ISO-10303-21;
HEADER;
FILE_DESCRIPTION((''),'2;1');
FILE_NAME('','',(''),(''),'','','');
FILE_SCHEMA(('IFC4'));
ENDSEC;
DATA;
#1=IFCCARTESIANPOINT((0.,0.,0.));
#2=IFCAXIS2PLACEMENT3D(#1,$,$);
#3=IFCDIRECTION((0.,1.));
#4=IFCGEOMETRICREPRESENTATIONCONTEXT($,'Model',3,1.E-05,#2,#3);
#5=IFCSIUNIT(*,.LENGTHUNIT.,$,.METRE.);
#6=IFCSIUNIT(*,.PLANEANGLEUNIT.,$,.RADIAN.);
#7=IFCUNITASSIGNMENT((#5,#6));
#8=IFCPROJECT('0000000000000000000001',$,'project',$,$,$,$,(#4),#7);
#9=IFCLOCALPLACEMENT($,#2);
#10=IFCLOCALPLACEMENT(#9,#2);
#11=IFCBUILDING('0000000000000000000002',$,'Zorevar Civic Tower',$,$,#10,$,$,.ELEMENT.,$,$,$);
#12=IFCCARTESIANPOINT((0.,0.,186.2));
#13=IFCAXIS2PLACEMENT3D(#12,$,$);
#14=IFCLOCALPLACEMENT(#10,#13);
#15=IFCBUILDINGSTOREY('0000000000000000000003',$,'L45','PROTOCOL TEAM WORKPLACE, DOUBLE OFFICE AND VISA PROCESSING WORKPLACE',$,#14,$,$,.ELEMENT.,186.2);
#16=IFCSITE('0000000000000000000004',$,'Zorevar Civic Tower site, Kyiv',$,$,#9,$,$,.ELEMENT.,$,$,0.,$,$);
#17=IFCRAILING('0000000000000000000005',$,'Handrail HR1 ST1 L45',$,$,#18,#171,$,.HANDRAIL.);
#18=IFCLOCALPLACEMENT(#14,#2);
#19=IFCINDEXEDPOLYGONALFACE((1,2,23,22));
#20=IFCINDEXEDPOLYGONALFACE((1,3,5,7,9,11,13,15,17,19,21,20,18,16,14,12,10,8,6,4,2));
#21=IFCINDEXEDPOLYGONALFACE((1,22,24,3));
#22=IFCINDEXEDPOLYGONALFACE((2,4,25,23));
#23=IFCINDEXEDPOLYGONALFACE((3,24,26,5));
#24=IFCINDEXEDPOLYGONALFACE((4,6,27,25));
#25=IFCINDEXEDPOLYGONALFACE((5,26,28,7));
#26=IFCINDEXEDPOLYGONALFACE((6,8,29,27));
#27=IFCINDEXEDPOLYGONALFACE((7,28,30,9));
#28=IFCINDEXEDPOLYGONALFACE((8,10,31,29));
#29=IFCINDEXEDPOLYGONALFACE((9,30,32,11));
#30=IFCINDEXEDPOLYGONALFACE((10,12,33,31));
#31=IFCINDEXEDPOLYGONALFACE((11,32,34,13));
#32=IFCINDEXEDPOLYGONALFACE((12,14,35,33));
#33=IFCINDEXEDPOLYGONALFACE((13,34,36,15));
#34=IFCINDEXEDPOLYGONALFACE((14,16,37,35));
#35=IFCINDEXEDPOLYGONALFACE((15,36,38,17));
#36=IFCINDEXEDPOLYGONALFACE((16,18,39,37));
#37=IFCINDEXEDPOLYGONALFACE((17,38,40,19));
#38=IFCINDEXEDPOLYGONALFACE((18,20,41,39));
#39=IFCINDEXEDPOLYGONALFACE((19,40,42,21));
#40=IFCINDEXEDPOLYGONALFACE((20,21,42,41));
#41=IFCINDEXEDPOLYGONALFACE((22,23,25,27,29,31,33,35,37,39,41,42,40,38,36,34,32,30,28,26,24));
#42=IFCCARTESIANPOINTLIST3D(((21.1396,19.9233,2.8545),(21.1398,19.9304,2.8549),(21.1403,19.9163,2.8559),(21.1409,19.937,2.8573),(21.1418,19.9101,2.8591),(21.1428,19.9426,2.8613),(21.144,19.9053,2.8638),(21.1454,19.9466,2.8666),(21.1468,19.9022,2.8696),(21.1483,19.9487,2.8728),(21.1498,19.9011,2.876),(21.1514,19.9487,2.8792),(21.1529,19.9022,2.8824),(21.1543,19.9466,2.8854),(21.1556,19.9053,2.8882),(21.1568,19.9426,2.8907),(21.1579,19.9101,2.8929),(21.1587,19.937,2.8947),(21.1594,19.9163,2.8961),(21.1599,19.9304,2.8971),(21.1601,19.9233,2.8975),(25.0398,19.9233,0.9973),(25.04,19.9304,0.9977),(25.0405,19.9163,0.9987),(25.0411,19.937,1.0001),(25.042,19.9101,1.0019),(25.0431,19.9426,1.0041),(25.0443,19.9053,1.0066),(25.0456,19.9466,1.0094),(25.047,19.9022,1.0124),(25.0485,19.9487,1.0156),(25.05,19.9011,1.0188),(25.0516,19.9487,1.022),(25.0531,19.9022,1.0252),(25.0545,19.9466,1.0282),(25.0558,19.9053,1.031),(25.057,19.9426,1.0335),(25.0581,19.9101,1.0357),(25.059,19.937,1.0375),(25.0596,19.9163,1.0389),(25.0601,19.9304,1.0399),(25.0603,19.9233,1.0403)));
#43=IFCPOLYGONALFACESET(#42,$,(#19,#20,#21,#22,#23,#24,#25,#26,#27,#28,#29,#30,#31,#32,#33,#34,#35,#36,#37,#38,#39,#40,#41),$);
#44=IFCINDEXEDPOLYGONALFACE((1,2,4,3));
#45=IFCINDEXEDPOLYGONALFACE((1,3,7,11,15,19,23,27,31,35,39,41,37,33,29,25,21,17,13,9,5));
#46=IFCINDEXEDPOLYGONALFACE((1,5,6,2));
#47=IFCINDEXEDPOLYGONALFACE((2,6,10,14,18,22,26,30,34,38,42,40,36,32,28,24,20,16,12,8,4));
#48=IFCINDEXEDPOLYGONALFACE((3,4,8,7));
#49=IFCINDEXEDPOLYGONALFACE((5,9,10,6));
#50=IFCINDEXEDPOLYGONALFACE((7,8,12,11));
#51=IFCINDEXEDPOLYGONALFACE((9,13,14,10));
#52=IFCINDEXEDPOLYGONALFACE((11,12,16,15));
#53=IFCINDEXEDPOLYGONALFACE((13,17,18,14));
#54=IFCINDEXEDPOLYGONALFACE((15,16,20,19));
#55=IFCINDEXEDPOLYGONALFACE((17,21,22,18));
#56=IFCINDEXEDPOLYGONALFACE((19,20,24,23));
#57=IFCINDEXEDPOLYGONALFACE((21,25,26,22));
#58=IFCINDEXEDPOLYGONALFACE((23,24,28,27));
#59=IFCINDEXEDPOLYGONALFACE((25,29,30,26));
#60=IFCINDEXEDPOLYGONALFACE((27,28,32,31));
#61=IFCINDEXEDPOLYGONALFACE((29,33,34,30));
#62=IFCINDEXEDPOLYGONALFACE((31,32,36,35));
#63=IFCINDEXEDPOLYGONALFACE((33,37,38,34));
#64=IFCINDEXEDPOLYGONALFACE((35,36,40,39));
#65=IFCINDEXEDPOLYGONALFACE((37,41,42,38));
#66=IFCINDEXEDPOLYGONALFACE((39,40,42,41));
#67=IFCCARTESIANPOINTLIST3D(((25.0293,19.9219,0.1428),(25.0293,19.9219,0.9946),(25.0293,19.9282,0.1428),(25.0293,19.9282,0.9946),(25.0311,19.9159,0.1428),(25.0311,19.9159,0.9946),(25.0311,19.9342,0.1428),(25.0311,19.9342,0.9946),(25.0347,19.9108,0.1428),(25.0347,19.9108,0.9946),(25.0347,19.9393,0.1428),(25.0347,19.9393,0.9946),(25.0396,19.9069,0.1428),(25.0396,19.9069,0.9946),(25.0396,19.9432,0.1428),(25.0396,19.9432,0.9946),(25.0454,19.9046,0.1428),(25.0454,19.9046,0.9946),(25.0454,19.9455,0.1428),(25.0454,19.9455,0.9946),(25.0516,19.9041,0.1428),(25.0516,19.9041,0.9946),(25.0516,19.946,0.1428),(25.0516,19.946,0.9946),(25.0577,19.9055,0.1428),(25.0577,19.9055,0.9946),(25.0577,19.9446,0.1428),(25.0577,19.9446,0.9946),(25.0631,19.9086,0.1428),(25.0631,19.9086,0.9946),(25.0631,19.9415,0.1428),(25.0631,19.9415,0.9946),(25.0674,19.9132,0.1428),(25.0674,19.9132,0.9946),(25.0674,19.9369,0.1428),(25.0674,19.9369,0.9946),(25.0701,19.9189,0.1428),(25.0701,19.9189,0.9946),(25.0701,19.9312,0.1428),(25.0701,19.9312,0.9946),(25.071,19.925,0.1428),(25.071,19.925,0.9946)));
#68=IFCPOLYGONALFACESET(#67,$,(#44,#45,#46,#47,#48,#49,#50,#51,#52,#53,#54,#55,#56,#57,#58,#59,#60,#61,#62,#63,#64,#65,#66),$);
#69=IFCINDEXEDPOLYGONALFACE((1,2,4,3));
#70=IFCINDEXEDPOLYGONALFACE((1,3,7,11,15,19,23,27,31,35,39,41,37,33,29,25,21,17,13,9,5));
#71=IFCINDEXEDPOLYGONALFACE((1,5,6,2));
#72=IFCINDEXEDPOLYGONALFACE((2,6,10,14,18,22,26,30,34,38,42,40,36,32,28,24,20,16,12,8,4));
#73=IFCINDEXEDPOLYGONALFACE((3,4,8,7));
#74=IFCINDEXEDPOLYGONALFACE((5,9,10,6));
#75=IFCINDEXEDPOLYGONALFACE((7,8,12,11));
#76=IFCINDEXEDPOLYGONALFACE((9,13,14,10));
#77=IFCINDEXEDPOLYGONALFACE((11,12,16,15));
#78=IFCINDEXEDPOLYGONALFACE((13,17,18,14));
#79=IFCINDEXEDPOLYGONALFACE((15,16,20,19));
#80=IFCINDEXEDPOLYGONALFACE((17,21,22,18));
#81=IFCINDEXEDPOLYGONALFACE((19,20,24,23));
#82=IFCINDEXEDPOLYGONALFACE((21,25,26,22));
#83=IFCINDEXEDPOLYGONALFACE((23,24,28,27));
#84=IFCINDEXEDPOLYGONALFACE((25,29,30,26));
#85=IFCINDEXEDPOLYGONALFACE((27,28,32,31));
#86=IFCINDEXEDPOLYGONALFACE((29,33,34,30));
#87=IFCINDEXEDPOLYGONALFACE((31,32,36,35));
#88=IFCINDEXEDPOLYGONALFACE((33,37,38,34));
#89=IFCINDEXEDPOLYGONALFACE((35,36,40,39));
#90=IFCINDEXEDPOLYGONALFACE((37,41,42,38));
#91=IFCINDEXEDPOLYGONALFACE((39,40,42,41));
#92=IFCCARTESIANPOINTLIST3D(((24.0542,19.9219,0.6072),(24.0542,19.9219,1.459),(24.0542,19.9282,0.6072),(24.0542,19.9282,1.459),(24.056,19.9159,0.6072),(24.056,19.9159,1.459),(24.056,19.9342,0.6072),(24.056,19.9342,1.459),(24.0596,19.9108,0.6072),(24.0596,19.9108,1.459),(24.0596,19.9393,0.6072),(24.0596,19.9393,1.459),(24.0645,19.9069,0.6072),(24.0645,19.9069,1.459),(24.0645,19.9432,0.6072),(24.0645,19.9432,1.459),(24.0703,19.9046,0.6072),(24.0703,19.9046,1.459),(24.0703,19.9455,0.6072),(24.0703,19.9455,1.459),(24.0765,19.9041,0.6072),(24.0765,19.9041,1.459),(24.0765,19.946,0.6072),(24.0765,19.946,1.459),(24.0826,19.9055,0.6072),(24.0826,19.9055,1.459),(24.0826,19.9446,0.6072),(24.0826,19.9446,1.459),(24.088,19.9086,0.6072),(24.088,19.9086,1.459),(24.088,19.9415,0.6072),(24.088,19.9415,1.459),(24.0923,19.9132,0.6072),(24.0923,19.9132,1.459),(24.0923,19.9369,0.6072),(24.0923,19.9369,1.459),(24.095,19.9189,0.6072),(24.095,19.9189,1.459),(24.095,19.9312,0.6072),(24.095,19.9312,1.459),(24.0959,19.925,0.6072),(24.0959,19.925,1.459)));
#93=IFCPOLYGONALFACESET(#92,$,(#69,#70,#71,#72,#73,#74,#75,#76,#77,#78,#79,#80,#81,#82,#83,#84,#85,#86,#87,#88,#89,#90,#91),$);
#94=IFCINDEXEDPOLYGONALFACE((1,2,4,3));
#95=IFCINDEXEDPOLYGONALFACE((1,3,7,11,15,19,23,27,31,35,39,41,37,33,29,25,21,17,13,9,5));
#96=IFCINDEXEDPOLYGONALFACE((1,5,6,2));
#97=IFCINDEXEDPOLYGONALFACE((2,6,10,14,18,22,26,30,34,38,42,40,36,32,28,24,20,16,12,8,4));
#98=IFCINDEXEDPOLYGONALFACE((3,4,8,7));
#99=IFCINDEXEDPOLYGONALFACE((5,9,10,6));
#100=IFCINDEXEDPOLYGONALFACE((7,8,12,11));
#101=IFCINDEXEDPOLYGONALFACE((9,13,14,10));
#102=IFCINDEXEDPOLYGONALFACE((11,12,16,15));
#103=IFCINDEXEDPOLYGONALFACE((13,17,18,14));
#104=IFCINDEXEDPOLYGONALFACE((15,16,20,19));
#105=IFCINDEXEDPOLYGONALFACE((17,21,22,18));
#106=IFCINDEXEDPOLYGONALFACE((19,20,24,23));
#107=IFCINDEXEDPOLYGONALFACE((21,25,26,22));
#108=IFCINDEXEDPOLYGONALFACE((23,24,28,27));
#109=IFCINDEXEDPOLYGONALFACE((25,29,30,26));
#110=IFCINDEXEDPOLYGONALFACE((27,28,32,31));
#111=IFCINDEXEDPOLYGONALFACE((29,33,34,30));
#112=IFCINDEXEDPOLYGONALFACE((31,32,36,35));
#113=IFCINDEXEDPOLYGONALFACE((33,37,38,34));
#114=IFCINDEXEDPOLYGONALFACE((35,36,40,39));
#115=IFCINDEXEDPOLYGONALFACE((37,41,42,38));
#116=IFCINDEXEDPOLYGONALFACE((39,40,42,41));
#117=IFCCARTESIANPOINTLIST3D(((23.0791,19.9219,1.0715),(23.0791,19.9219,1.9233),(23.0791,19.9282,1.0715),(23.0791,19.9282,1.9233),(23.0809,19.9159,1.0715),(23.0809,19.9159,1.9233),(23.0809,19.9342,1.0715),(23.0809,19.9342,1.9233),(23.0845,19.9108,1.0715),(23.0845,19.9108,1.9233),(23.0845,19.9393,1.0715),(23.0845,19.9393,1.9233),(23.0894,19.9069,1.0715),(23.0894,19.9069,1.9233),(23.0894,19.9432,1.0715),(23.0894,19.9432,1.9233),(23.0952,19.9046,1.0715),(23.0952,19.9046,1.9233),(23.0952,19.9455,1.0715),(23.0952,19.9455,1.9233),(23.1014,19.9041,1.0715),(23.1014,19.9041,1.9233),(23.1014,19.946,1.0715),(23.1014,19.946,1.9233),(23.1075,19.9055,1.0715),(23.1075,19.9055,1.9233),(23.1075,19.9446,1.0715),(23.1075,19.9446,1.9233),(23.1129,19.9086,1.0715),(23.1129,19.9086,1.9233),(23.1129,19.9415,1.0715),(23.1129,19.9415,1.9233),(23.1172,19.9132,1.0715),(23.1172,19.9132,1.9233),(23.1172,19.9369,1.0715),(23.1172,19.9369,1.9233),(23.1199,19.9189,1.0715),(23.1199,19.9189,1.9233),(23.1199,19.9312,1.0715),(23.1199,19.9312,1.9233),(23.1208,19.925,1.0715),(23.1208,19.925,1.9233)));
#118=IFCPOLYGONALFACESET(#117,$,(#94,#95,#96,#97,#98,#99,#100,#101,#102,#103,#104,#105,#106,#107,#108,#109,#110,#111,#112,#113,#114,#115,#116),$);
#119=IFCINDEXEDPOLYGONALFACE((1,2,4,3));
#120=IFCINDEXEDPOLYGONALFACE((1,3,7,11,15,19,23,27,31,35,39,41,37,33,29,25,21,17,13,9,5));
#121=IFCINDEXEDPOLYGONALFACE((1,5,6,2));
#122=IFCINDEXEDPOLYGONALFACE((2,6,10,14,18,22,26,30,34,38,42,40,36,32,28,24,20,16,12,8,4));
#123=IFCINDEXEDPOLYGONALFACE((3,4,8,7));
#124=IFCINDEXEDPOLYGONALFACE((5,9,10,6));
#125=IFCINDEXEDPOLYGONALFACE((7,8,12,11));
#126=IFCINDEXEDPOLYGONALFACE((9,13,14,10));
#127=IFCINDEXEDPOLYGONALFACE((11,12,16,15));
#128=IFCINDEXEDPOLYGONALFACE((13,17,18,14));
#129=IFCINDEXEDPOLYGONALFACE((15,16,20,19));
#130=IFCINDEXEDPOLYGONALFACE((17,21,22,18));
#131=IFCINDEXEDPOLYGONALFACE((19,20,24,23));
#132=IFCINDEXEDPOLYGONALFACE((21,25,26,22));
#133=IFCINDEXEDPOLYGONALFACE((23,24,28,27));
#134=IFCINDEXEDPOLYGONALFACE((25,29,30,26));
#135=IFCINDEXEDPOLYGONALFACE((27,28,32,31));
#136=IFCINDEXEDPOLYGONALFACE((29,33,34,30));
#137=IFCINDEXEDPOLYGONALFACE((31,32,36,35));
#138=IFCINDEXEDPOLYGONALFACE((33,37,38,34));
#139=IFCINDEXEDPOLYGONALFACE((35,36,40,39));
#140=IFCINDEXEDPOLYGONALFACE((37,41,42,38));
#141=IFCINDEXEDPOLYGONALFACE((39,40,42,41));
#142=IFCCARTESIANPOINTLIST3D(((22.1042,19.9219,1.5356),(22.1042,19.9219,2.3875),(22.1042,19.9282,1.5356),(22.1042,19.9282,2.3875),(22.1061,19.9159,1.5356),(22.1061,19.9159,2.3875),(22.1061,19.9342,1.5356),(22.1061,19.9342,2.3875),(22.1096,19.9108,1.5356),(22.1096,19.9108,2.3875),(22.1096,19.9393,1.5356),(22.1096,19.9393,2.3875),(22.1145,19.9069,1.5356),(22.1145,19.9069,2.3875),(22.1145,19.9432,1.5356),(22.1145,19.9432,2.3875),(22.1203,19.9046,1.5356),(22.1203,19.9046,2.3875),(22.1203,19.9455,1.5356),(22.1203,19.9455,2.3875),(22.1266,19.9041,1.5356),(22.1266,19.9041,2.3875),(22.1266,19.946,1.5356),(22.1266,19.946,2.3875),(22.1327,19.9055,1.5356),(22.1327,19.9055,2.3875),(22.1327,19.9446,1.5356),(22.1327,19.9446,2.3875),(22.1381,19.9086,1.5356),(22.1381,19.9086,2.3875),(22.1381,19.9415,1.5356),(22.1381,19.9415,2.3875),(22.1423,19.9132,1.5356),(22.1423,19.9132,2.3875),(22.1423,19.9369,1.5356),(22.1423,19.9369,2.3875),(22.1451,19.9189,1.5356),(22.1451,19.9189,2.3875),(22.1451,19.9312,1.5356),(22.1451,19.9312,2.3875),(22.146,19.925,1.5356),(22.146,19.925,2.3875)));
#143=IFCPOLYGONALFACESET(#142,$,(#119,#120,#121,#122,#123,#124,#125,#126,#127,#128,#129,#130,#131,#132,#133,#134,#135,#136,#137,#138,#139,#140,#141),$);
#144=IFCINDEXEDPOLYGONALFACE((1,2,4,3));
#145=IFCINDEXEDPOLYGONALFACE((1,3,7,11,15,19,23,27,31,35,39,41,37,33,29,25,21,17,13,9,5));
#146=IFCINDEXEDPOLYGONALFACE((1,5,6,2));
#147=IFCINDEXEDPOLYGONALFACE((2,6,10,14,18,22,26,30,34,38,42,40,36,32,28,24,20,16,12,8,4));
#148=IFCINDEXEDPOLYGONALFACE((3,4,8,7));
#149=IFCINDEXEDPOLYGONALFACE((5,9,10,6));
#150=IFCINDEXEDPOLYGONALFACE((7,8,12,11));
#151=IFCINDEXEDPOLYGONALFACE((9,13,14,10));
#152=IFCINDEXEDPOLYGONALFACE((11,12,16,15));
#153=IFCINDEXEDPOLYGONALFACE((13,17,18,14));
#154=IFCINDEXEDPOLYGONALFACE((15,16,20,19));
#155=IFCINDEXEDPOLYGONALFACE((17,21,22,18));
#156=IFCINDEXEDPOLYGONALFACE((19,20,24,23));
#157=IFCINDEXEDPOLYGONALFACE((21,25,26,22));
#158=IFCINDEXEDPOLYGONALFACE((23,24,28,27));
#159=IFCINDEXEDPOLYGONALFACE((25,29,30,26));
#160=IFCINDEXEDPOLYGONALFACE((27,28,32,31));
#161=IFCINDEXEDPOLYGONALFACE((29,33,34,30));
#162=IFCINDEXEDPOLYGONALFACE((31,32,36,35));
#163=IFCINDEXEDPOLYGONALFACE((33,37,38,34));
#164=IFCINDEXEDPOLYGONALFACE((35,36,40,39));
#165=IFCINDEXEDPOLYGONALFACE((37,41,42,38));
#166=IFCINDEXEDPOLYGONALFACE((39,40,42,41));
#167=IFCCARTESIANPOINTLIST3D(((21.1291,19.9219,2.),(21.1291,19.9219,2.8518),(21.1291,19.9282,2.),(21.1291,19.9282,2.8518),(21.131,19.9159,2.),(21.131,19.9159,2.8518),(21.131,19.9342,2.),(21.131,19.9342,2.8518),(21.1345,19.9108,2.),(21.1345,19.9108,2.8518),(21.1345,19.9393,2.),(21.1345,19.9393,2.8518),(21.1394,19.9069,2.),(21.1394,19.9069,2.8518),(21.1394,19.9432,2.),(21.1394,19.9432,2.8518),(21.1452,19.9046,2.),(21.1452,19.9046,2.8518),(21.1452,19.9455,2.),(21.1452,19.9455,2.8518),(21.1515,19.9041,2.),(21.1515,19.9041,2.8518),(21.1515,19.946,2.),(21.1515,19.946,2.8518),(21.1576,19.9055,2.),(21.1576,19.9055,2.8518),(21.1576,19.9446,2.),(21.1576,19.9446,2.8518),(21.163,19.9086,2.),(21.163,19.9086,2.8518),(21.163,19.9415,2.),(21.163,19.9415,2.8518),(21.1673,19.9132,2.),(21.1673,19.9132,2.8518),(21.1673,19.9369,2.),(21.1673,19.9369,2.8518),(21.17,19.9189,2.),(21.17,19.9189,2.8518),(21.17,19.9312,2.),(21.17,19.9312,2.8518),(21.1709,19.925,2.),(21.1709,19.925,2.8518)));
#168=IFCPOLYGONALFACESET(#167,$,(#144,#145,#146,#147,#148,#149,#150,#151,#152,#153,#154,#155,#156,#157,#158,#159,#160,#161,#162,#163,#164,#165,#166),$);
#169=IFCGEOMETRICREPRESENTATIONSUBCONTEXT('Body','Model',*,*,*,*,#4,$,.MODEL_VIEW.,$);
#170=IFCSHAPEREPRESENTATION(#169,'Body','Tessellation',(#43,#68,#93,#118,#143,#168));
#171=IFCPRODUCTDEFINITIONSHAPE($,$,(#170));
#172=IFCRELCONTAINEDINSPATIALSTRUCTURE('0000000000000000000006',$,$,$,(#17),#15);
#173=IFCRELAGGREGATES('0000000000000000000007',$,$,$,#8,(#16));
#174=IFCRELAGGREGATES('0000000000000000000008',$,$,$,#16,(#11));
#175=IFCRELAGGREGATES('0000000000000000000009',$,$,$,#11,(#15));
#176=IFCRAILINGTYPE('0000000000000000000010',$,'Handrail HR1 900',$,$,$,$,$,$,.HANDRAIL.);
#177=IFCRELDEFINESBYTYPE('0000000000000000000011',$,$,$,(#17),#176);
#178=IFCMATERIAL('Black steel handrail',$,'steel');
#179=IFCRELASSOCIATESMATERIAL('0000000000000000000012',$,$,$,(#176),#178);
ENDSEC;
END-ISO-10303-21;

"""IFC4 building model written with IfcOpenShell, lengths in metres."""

from ifc_helpers import new_model, si_unit, direction, frame, origin, origin_2d, place, context, subcontext, project, spatial, circle, extrude, material, type_object, element, save


model = new_model("IFC4")

# Units and contexts
model_context = context("Model", 3, precision=1e-05, world=origin(), true_north=direction((0.0, 1.0)))
body_context = subcontext(model_context, "Body", "Model", "MODEL_VIEW")
ifc_project = project(units=[si_unit("LENGTHUNIT", "METRE"), si_unit("PLANEANGLEUNIT", "RADIAN")], contexts=[model_context])

# Site, building, storey
site_placement = place(None, origin())
site = spatial("IfcSite", under=ifc_project, at=site_placement, Name="Zorevar Civic Tower site, Kyiv", CompositionType="ELEMENT", RefElevation=0.0)
building_placement = place(site_placement, origin())
building = spatial("IfcBuilding", under=site, at=building_placement, Name="Zorevar Civic Tower", CompositionType="ELEMENT")
storey_placement = place(building_placement, frame((0.0, 0.0, 186.2)))
storey = spatial("IfcBuildingStorey", under=building, at=storey_placement, Name="L45", Description="PROTOCOL TEAM WORKPLACE, DOUBLE OFFICE AND VISA PROCESSING WORKPLACE", CompositionType="ELEMENT", Elevation=186.2)

# Railing
ifc_material_1 = material(Name="Black steel handrail", Category="steel")
railing_type = type_object("IfcRailingType", Name="Handrail HR1 900", PredefinedType="HANDRAIL", material=ifc_material_1)
railing_placement = place(storey_placement, frame((25.05, 19.925, 0.1428)))
element("IfcRailing", 1, at=railing_placement, inside=storey, type_object=railing_type, Name="Handrail HR1 ST1 L45", PredefinedType="HANDRAIL", context=body_context, shape_type="SweptSolid", body=[
    extrude(circle(Radius=0.0239, at=origin_2d()), frame((0.0, 0.0, 0.876), z_axis=(-0.902864, 0.0, 0.429927), x_axis=(0.0, -1.0, 0.0)), (0.0, 0.0, 1.0), 4.3198),
    extrude(circle(Radius=0.021, at=origin_2d()), origin(), (0.0, 0.0, 1.0), 0.8518),
    extrude(circle(Radius=0.021, at=origin_2d()), frame((-0.9751, 0.0, 0.4644)), (0.0, 0.0, 1.0), 0.8518),
    extrude(circle(Radius=0.021, at=origin_2d()), frame((-1.9502, 0.0, 0.9287)), (0.0, 0.0, 1.0), 0.8518),
    extrude(circle(Radius=0.021, at=origin_2d()), frame((-2.925, 0.0, 1.3928)), (0.0, 0.0, 1.0), 0.8518),
    extrude(circle(Radius=0.021, at=origin_2d()), frame((-3.9001, 0.0, 1.8572)), (0.0, 0.0, 1.0), 0.8518),
])

save(model, "model.ifc")
